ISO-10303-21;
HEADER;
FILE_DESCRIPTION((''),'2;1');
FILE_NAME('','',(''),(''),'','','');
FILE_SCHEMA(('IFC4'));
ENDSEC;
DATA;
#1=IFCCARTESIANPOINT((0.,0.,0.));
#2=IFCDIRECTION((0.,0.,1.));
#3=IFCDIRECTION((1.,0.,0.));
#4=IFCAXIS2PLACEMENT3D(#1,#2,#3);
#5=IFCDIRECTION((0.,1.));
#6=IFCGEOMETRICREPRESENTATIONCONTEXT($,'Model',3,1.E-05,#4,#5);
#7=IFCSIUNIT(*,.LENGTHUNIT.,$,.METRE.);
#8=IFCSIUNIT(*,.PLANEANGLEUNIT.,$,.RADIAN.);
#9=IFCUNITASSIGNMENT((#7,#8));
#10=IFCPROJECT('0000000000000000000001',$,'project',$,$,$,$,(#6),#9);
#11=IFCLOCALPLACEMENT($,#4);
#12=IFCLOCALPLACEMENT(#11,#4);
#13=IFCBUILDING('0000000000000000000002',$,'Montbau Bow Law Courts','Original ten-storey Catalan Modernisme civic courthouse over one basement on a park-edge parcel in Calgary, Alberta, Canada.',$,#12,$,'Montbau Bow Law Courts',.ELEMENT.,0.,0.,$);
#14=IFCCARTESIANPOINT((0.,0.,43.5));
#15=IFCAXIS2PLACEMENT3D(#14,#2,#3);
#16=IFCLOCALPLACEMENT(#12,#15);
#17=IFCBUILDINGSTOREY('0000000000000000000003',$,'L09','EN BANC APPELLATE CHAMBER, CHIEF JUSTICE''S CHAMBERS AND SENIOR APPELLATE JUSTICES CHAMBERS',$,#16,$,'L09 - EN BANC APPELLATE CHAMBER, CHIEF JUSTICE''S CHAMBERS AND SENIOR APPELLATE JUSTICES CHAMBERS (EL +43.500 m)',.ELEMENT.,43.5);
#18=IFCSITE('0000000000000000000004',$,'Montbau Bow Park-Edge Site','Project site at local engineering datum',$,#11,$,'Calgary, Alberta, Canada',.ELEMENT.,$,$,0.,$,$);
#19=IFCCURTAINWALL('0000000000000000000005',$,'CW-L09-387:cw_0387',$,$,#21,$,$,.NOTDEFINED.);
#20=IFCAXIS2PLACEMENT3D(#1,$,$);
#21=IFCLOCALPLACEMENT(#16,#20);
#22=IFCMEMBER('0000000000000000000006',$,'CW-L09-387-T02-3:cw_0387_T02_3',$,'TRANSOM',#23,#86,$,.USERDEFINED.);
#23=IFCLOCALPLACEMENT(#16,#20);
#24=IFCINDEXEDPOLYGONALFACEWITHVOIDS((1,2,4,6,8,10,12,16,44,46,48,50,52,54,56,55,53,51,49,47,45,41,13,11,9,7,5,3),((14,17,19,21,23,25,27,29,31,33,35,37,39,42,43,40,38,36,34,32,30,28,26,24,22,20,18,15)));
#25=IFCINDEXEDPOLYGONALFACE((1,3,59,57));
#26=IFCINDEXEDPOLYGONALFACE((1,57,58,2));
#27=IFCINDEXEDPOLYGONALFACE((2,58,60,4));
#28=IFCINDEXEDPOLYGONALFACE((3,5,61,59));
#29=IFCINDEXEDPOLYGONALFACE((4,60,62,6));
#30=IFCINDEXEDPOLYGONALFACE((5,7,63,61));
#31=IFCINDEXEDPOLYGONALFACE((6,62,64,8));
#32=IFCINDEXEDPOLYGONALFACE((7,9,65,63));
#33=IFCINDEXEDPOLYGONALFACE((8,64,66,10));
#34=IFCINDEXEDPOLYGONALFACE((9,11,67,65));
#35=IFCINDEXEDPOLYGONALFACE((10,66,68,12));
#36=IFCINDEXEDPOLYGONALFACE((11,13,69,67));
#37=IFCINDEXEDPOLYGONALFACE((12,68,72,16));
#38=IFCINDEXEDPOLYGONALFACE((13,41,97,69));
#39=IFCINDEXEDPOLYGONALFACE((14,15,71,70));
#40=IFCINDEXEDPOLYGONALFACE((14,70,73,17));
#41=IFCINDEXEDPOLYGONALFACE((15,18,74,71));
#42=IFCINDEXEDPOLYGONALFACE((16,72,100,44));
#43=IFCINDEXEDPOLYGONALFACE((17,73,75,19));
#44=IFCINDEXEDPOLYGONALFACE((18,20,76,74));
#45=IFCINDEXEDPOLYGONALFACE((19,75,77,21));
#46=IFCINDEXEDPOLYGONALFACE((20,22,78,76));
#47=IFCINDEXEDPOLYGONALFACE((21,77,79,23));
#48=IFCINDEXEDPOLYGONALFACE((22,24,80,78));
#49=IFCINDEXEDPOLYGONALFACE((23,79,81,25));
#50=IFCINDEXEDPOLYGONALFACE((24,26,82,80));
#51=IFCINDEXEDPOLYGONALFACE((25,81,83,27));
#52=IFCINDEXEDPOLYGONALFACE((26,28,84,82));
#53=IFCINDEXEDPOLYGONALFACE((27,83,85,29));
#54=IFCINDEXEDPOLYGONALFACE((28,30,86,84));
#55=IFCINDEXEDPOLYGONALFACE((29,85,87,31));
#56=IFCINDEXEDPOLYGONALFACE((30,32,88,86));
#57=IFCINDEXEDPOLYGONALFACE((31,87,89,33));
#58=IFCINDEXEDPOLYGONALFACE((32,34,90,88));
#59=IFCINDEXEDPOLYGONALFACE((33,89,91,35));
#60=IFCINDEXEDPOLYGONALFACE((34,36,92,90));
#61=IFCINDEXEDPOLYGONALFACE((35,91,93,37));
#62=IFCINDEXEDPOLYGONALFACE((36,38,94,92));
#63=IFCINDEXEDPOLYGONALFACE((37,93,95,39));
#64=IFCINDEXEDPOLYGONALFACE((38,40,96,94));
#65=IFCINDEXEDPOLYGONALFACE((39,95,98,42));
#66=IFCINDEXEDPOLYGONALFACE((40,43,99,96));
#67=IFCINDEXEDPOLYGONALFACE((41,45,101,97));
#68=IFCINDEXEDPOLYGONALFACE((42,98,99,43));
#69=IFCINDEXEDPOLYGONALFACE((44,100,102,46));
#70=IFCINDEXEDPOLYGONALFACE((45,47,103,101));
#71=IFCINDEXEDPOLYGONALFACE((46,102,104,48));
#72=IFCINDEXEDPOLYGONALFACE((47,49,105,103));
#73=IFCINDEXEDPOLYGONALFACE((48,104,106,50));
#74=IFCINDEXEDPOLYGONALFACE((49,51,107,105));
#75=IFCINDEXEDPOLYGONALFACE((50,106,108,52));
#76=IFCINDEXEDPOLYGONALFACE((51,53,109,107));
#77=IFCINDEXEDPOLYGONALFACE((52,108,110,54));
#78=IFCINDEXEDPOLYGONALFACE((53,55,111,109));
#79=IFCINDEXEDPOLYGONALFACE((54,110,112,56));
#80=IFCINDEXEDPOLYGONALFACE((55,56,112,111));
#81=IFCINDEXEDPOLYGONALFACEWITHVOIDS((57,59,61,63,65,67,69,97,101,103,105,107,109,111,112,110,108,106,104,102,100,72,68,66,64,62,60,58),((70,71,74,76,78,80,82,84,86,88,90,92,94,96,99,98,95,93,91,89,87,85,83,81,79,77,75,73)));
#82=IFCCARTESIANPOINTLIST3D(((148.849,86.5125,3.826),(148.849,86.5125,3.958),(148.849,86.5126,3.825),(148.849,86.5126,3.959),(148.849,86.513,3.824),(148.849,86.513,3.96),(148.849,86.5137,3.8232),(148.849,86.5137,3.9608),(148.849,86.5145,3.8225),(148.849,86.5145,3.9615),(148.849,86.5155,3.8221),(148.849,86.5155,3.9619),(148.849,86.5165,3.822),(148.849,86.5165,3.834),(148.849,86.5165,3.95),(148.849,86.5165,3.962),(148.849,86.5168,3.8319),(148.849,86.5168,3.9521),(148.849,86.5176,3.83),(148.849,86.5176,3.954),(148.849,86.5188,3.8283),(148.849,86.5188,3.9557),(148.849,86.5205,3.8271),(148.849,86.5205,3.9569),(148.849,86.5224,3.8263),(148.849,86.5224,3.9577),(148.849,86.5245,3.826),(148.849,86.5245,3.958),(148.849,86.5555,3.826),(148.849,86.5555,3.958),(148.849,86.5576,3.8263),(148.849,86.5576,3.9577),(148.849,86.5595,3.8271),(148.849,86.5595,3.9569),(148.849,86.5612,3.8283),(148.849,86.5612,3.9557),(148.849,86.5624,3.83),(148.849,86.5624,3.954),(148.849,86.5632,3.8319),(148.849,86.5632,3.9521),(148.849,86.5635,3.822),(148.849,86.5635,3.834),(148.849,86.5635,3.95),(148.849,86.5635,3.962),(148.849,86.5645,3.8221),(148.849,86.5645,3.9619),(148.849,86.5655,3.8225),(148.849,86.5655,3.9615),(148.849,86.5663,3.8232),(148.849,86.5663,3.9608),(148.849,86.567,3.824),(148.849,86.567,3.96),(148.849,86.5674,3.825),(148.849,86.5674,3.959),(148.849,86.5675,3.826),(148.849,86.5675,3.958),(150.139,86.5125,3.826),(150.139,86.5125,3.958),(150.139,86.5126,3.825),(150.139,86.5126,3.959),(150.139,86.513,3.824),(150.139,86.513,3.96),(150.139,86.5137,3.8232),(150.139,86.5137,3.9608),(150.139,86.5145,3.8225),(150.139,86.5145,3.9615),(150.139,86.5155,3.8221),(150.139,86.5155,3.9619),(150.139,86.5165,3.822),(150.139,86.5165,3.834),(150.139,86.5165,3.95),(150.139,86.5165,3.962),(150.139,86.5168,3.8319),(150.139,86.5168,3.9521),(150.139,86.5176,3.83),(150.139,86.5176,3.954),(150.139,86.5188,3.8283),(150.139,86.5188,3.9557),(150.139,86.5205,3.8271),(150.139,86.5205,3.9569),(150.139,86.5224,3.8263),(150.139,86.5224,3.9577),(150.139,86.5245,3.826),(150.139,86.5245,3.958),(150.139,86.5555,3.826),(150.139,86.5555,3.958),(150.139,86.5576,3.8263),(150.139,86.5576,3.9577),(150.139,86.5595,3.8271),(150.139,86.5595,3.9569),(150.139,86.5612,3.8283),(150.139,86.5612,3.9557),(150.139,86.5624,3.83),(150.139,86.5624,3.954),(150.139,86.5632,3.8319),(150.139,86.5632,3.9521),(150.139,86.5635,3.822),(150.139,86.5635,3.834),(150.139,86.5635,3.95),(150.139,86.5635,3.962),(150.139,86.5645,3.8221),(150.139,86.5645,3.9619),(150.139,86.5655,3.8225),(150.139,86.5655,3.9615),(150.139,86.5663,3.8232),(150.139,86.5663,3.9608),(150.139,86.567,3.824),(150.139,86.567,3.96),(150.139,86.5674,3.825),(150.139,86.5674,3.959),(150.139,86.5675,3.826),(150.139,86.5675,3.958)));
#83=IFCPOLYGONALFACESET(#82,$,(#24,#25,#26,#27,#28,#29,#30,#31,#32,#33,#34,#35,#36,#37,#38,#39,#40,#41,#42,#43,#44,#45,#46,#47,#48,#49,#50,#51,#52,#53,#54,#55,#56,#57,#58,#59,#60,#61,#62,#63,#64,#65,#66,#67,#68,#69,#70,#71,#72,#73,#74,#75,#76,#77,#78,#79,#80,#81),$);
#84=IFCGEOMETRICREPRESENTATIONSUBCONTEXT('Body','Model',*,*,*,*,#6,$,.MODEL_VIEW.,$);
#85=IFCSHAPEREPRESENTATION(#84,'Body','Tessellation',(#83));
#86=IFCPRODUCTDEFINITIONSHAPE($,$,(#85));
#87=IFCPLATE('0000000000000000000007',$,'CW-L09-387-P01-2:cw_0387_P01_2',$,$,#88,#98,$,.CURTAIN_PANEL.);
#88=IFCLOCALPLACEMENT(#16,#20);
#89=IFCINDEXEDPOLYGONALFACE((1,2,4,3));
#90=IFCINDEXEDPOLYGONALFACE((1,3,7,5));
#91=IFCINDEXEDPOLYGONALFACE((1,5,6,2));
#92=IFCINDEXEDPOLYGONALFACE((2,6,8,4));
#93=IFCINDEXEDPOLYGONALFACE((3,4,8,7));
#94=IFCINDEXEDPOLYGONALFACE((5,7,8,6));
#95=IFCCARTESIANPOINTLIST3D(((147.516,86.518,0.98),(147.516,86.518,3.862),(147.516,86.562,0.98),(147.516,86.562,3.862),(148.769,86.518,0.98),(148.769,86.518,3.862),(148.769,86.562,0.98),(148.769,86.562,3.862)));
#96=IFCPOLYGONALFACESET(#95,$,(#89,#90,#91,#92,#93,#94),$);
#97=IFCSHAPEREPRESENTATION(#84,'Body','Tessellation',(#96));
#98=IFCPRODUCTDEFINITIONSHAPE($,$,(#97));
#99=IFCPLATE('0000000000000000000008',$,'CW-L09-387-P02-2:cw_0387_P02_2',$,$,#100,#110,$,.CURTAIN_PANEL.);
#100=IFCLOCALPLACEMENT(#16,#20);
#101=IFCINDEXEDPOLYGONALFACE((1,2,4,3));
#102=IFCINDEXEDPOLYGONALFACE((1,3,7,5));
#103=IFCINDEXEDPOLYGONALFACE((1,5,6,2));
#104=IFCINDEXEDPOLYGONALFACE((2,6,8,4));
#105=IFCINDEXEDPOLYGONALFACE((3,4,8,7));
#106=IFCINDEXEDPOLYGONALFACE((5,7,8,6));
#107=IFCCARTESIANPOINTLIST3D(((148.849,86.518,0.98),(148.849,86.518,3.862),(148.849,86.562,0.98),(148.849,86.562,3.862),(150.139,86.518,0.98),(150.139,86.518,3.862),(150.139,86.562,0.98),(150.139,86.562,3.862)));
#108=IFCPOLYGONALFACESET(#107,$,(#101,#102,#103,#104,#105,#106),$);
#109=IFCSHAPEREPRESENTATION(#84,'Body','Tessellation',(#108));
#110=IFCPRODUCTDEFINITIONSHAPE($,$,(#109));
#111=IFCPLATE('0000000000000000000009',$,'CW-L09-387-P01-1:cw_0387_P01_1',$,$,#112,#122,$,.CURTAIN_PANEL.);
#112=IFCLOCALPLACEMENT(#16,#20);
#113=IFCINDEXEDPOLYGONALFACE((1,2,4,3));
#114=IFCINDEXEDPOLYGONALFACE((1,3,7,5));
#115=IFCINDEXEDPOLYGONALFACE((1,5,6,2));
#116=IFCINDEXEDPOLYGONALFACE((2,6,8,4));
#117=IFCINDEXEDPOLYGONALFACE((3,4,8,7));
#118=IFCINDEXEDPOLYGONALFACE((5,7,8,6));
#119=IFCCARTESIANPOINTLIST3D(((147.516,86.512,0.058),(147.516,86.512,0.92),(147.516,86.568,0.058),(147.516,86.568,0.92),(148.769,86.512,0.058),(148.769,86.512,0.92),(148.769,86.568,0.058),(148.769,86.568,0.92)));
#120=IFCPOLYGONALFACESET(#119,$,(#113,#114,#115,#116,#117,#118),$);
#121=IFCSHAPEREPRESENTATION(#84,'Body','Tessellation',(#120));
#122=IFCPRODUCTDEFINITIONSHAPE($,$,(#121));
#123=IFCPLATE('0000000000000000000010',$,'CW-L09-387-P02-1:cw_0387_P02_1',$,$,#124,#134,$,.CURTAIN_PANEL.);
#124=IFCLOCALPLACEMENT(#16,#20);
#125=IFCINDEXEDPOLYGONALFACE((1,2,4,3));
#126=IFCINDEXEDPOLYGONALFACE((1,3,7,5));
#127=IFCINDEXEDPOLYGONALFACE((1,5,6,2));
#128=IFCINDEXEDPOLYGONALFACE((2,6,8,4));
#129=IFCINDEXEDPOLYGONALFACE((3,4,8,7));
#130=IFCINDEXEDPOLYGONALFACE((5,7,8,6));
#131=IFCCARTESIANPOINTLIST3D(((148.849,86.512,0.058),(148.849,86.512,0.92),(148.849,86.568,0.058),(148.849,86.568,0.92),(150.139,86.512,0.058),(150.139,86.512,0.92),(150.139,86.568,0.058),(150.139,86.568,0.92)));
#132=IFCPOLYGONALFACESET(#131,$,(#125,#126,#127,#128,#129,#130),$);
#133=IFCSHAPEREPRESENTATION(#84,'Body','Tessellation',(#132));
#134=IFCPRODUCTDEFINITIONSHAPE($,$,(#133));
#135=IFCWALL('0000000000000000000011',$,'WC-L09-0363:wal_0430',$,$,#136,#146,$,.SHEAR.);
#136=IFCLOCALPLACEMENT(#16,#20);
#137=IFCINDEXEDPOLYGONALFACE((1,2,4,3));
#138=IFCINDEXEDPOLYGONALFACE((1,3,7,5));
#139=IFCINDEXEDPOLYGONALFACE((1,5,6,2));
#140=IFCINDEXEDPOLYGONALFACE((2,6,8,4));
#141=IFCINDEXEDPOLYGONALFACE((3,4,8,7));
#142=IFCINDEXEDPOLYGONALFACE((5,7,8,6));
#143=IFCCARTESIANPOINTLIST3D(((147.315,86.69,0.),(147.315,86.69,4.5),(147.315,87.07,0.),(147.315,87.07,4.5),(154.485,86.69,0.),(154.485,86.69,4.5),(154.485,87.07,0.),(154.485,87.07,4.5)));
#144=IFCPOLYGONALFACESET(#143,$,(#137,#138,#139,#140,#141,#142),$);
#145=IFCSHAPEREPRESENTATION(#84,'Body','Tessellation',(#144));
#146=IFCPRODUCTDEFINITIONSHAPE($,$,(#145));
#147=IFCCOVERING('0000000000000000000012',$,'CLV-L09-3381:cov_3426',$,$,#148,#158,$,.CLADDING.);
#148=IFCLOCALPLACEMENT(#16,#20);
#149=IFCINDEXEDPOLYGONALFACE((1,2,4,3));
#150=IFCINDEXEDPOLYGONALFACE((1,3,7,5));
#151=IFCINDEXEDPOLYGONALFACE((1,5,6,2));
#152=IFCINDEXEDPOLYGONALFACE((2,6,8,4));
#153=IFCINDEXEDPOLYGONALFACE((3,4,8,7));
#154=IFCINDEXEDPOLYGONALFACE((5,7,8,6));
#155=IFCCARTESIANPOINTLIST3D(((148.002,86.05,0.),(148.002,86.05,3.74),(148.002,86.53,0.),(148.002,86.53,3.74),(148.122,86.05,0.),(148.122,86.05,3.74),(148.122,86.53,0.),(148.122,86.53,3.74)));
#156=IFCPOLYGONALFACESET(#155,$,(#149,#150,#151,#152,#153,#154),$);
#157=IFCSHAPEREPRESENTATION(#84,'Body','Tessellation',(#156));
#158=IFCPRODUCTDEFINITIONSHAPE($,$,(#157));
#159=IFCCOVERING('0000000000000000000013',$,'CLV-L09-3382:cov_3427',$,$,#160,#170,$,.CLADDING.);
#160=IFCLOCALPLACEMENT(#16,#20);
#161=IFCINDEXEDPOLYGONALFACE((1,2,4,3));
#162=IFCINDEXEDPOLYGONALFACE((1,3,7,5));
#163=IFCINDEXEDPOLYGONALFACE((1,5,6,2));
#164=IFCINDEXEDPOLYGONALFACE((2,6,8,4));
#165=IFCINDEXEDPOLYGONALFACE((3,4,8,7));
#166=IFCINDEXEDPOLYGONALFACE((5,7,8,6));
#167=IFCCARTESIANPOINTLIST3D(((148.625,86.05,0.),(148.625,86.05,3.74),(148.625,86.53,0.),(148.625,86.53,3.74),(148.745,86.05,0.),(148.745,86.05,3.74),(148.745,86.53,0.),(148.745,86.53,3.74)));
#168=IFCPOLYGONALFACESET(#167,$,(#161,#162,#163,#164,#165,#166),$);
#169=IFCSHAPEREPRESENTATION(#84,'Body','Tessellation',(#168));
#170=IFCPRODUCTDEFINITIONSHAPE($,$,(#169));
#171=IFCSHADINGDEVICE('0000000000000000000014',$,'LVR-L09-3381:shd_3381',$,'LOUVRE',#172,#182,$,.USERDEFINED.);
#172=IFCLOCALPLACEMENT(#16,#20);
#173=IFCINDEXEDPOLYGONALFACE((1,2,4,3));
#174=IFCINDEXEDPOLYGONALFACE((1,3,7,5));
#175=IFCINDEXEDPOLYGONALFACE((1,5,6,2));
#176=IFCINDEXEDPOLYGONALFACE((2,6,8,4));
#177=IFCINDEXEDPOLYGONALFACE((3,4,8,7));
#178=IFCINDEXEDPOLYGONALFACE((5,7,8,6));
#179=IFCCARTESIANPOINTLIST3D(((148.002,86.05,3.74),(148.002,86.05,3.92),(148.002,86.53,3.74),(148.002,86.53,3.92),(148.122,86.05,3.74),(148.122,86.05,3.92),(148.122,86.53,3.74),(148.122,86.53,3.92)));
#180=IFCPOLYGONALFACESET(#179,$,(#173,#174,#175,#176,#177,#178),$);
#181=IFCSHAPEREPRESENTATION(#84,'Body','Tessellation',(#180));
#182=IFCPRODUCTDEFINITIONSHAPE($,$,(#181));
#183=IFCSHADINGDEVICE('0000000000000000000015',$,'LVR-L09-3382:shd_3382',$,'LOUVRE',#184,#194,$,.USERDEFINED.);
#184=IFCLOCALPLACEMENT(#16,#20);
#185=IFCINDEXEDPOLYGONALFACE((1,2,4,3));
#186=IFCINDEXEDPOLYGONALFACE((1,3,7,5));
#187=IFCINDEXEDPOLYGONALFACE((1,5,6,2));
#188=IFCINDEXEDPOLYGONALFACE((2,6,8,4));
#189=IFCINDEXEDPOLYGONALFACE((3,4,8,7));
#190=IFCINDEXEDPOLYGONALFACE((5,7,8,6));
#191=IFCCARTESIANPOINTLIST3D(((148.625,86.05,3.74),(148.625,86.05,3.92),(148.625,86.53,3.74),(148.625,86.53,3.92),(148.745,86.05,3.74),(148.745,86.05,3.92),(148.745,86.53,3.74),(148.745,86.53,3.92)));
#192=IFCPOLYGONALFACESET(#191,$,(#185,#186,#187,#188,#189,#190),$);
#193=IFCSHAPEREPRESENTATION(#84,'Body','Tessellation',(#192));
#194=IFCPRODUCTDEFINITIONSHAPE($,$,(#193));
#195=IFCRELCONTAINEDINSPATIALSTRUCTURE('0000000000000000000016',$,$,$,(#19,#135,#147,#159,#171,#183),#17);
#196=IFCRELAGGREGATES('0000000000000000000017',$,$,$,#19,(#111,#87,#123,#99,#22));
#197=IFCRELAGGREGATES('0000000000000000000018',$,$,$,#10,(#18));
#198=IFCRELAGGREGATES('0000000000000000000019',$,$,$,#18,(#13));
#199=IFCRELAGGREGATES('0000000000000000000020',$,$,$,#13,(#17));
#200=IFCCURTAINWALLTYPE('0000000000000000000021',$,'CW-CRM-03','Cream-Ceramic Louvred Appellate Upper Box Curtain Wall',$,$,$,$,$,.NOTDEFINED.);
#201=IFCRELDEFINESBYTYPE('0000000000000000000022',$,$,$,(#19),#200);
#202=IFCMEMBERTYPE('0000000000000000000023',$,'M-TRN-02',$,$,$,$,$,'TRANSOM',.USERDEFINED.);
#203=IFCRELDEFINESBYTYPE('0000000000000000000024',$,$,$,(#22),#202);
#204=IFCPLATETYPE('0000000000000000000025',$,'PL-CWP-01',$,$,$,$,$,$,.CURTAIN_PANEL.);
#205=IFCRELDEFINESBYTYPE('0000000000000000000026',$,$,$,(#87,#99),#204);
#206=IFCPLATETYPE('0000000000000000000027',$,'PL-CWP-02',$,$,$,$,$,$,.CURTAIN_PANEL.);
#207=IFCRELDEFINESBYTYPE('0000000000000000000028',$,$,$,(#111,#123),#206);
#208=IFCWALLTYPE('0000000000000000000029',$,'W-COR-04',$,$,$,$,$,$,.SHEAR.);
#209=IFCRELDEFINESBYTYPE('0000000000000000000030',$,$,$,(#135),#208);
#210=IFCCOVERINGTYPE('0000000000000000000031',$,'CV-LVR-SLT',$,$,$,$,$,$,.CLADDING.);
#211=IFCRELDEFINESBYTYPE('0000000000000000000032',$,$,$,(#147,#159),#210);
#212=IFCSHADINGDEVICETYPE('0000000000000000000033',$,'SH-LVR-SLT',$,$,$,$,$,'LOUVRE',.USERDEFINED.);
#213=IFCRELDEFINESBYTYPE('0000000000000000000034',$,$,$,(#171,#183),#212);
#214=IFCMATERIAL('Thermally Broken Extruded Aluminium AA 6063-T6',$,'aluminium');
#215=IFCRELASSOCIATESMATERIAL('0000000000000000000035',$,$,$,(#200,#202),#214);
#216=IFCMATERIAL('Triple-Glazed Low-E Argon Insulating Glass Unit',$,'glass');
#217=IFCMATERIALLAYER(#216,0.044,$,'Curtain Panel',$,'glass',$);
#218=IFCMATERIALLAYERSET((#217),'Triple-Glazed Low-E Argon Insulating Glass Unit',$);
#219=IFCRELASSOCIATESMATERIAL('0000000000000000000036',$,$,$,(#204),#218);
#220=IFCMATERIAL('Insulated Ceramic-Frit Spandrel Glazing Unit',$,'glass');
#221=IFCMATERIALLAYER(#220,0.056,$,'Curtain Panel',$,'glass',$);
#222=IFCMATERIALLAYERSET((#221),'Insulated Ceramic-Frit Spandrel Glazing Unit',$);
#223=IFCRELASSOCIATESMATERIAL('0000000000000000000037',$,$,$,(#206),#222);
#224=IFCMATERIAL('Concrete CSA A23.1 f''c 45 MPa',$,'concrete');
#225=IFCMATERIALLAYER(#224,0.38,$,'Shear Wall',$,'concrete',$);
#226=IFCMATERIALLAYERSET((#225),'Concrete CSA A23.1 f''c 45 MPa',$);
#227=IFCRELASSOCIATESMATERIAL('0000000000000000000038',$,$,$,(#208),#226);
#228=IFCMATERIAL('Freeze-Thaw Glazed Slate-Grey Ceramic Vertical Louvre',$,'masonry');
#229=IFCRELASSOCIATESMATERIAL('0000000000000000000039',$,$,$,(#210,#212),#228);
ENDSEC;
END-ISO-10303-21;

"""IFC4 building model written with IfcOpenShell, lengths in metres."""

from ifc_helpers import new_model, si_unit, direction, frame, frame_2d, origin_with_axes, origin_2d_with_axis, place, context, subcontext, project, spatial, rectangle, hollow_rectangle, extrude, material, layer, layer_set, material_profile, profile_set, type_object, element, aggregate, save


model = new_model("IFC4")

# Units and contexts
model_context = context("Model", 3, precision=1e-05, world=origin_with_axes(), true_north=direction((0.0, 1.0)))
body_context = subcontext(model_context, "Body", "Model", "MODEL_VIEW")
ifc_project = project(units=[si_unit("LENGTHUNIT", "METRE"), si_unit("PLANEANGLEUNIT", "RADIAN")], contexts=[model_context])

# Site, building, storey
site_placement = place(None, origin_with_axes())
site = spatial("IfcSite", under=ifc_project, at=site_placement, Name="Montbau Bow Park-Edge Site", Description="Project site at local engineering datum", LongName="Calgary, Alberta, Canada", CompositionType="ELEMENT", RefElevation=0.0)
building_placement = place(site_placement, origin_with_axes())
building = spatial("IfcBuilding", under=site, at=building_placement, Name="Montbau Bow Law Courts", Description="Original ten-storey Catalan Modernisme civic courthouse over one basement on a park-edge parcel in Calgary, Alberta, Canada.", LongName="Montbau Bow Law Courts", CompositionType="ELEMENT", ElevationOfRefHeight=0.0, ElevationOfTerrain=0.0)
storey_placement = place(building_placement, frame((0.0, 0.0, 43.5), z_axis=(0.0, 0.0, 1.0), x_axis=(1.0, 0.0, 0.0)))
storey = spatial("IfcBuildingStorey", under=building, at=storey_placement, Name="L09", Description="EN BANC APPELLATE CHAMBER, CHIEF JUSTICE'S CHAMBERS AND SENIOR APPELLATE JUSTICES CHAMBERS", LongName="L09 - EN BANC APPELLATE CHAMBER, CHIEF JUSTICE'S CHAMBERS AND SENIOR APPELLATE JUSTICES CHAMBERS (EL +43.500 m)", CompositionType="ELEMENT", Elevation=43.5)

# Curtain wall
ifc_material_1 = material(Name="Thermally Broken Extruded Aluminium AA 6063-T6", Category="aluminium")
curtain_wall_type = type_object("IfcCurtainWallType", Name="CW-CRM-03", Description="Cream-Ceramic Louvred Appellate Upper Box Curtain Wall", PredefinedType="NOTDEFINED", material=ifc_material_1)
curtain_wall_1_placement = place(None, frame((147.44, 86.54, 43.5), z_axis=(0.0, 0.0, 1.0), x_axis=(1.0, 0.0, 0.0)))
curtain_wall_1 = element("IfcCurtainWall", 1, at=curtain_wall_1_placement, inside=storey, type_object=curtain_wall_type, Name="CW-L09-387:cw_0387", PredefinedType="NOTDEFINED")

# Member
ifc_material_profile_1 = material_profile(ifc_material_1, hollow_rectangle(XDim=0.055, YDim=0.14, WallThickness=0.004, InnerFilletRadius=0.008, OuterFilletRadius=0.004, at=origin_2d_with_axis()), Name="CWT-140X55", Category="Main", Priority=0)
ifc_profile_set_1 = profile_set([ifc_material_profile_1], Name="Thermally Broken Extruded Aluminium AA 6063-T6")
member_type_1 = type_object("IfcMemberType", Name="M-TRN-02", ElementType="TRANSOM", PredefinedType="USERDEFINED", material=ifc_profile_set_1)
member_1_placement = place(None, frame((148.849, 86.54, 47.392), z_axis=(1.0, 0.0, 0.0), x_axis=(0.0, 1.0, 0.0)))
member_1 = element("IfcMember", 2, at=member_1_placement, type_object=member_type_1, Name="CW-L09-387-T02-3:cw_0387_T02_3", ObjectType="TRANSOM", PredefinedType="USERDEFINED", context=body_context, shape_type="SweptSolid", body=[
    extrude(hollow_rectangle(XDim=0.055, YDim=0.14, WallThickness=0.004, InnerFilletRadius=0.008, OuterFilletRadius=0.004, at=origin_2d_with_axis()), origin_with_axes(), (0.0, 0.0, 1.0), 1.29),
])

# Plates
ifc_material_2 = material(Name="Triple-Glazed Low-E Argon Insulating Glass Unit", Category="glass")
ifc_layer_1 = layer(ifc_material_2, 0.044, Name="Curtain Panel", Category="glass")
ifc_layer_set_1 = layer_set([ifc_layer_1], Name="Triple-Glazed Low-E Argon Insulating Glass Unit")
plate_type_1 = type_object("IfcPlateType", Name="PL-CWP-01", PredefinedType="CURTAIN_PANEL", material=ifc_layer_set_1)
plate_1_placement = place(None, frame((147.516, 86.54, 44.48), z_axis=(0.0, -1.0, 0.0), x_axis=(1.0, 0.0, 0.0)))
plate_1 = element("IfcPlate", 3, at=plate_1_placement, type_object=plate_type_1, Name="CW-L09-387-P01-2:cw_0387_P01_2", PredefinedType="CURTAIN_PANEL", context=body_context, shape_type="SweptSolid", body=[
    extrude(rectangle(XDim=1.253, YDim=2.882, at=frame_2d((0.6265, 1.441), x_axis=(1.0, 0.0))), frame((0.0, 0.0, -0.022), z_axis=(0.0, 0.0, 1.0), x_axis=(1.0, 0.0, 0.0)), (0.0, 0.0, 1.0), 0.044),
])
plate_2_placement = place(None, frame((148.849, 86.54, 44.48), z_axis=(0.0, -1.0, 0.0), x_axis=(1.0, 0.0, 0.0)))
plate_2 = element("IfcPlate", 4, at=plate_2_placement, type_object=plate_type_1, Name="CW-L09-387-P02-2:cw_0387_P02_2", PredefinedType="CURTAIN_PANEL", context=body_context, shape_type="SweptSolid", body=[
    extrude(rectangle(XDim=1.29, YDim=2.882, at=frame_2d((0.645, 1.441), x_axis=(1.0, 0.0))), frame((0.0, 0.0, -0.022), z_axis=(0.0, 0.0, 1.0), x_axis=(1.0, 0.0, 0.0)), (0.0, 0.0, 1.0), 0.044),
])
ifc_material_3 = material(Name="Insulated Ceramic-Frit Spandrel Glazing Unit", Category="glass")
ifc_layer_2 = layer(ifc_material_3, 0.056, Name="Curtain Panel", Category="glass")
ifc_layer_set_2 = layer_set([ifc_layer_2], Name="Insulated Ceramic-Frit Spandrel Glazing Unit")
plate_type_2 = type_object("IfcPlateType", Name="PL-CWP-02", PredefinedType="CURTAIN_PANEL", material=ifc_layer_set_2)
plate_3_placement = place(None, frame((147.516, 86.54, 43.558), z_axis=(0.0, -1.0, 0.0), x_axis=(1.0, 0.0, 0.0)))
plate_3 = element("IfcPlate", 5, at=plate_3_placement, type_object=plate_type_2, Name="CW-L09-387-P01-1:cw_0387_P01_1", PredefinedType="CURTAIN_PANEL", context=body_context, shape_type="SweptSolid", body=[
    extrude(rectangle(XDim=1.253, YDim=0.862, at=frame_2d((0.6265, 0.431), x_axis=(1.0, 0.0))), frame((0.0, 0.0, -0.028), z_axis=(0.0, 0.0, 1.0), x_axis=(1.0, 0.0, 0.0)), (0.0, 0.0, 1.0), 0.056),
])
plate_4_placement = place(None, frame((148.849, 86.54, 43.558), z_axis=(0.0, -1.0, 0.0), x_axis=(1.0, 0.0, 0.0)))
plate_4 = element("IfcPlate", 6, at=plate_4_placement, type_object=plate_type_2, Name="CW-L09-387-P02-1:cw_0387_P02_1", PredefinedType="CURTAIN_PANEL", context=body_context, shape_type="SweptSolid", body=[
    extrude(rectangle(XDim=1.29, YDim=0.862, at=frame_2d((0.645, 0.431), x_axis=(1.0, 0.0))), frame((0.0, 0.0, -0.028), z_axis=(0.0, 0.0, 1.0), x_axis=(1.0, 0.0, 0.0)), (0.0, 0.0, 1.0), 0.056),
])
aggregate(curtain_wall_1, [plate_3, plate_1, plate_4, plate_2, member_1])

# Wall
ifc_material_4 = material(Name="Concrete CSA A23.1 f'c 45 MPa", Category="concrete")
ifc_layer_3 = layer(ifc_material_4, 0.38, Name="Shear Wall", Category="concrete")
ifc_layer_set_3 = layer_set([ifc_layer_3], Name="Concrete CSA A23.1 f'c 45 MPa")
wall_type = type_object("IfcWallType", Name="W-COR-04", PredefinedType="SHEAR", material=ifc_layer_set_3)
wall_placement = place(None, frame((147.315, 86.88, 43.5), z_axis=(0.0, 0.0, 1.0), x_axis=(1.0, 0.0, 0.0)))
element("IfcWall", 7, at=wall_placement, inside=storey, type_object=wall_type, Name="WC-L09-0363:wal_0430", PredefinedType="SHEAR", context=body_context, shape_type="SweptSolid", body=[
    extrude(rectangle(XDim=7.17, YDim=0.38, at=frame_2d((3.585, 0.0), x_axis=(1.0, 0.0))), origin_with_axes(), (0.0, 0.0, 1.0), 4.5),
])

# Coverings
ifc_material_5 = material(Name="Freeze-Thaw Glazed Slate-Grey Ceramic Vertical Louvre", Category="masonry")
covering_type = type_object("IfcCoveringType", Name="CV-LVR-SLT", PredefinedType="CLADDING", material=ifc_material_5)
for number, where, z_axis, x_axis, name in (
    (8, (148.062, 86.53, 43.5), (-1.0, 0.0, 0.0), (0.0, -1.0, 0.0), "CLV-L09-3381:cov_3426"),
    (9, (148.685, 86.53, 43.5), (-1.0, 0.0, 0.0), (0.0, -1.0, 0.0), "CLV-L09-3382:cov_3427"),
):
    element("IfcCovering", number, at=place(None, frame(where, z_axis=z_axis, x_axis=x_axis)), inside=storey, type_object=covering_type, Name=name, PredefinedType="CLADDING", context=body_context, shape_type="SweptSolid", body=[
        extrude(rectangle(XDim=0.48, YDim=3.74, at=frame_2d((0.24, 1.87), x_axis=(1.0, 0.0))), frame((0.0, 0.0, -0.06), z_axis=(0.0, 0.0, 1.0), x_axis=(1.0, 0.0, 0.0)), (0.0, 0.0, 1.0), 0.12),
    ])

# Shading devices
shading_device_type = type_object("IfcShadingDeviceType", Name="SH-LVR-SLT", ElementType="LOUVRE", PredefinedType="USERDEFINED", material=ifc_material_5)
for number, where, z_axis, x_axis, name in (
    (10, (148.062, 86.29, 47.24), (0.0, 0.0, 1.0), (0.0, -1.0, 0.0), "LVR-L09-3381:shd_3381"),
    (11, (148.685, 86.29, 47.24), (0.0, 0.0, 1.0), (0.0, -1.0, 0.0), "LVR-L09-3382:shd_3382"),
):
    element("IfcShadingDevice", number, at=place(None, frame(where, z_axis=z_axis, x_axis=x_axis)), inside=storey, type_object=shading_device_type, Name=name, ObjectType="LOUVRE", PredefinedType="USERDEFINED", context=body_context, shape_type="SweptSolid", body=[
        extrude(rectangle(XDim=0.48, YDim=0.12, at=origin_2d_with_axis()), origin_with_axes(), (0.0, 0.0, 1.0), 0.18),
    ])

save(model, "model.ifc")
